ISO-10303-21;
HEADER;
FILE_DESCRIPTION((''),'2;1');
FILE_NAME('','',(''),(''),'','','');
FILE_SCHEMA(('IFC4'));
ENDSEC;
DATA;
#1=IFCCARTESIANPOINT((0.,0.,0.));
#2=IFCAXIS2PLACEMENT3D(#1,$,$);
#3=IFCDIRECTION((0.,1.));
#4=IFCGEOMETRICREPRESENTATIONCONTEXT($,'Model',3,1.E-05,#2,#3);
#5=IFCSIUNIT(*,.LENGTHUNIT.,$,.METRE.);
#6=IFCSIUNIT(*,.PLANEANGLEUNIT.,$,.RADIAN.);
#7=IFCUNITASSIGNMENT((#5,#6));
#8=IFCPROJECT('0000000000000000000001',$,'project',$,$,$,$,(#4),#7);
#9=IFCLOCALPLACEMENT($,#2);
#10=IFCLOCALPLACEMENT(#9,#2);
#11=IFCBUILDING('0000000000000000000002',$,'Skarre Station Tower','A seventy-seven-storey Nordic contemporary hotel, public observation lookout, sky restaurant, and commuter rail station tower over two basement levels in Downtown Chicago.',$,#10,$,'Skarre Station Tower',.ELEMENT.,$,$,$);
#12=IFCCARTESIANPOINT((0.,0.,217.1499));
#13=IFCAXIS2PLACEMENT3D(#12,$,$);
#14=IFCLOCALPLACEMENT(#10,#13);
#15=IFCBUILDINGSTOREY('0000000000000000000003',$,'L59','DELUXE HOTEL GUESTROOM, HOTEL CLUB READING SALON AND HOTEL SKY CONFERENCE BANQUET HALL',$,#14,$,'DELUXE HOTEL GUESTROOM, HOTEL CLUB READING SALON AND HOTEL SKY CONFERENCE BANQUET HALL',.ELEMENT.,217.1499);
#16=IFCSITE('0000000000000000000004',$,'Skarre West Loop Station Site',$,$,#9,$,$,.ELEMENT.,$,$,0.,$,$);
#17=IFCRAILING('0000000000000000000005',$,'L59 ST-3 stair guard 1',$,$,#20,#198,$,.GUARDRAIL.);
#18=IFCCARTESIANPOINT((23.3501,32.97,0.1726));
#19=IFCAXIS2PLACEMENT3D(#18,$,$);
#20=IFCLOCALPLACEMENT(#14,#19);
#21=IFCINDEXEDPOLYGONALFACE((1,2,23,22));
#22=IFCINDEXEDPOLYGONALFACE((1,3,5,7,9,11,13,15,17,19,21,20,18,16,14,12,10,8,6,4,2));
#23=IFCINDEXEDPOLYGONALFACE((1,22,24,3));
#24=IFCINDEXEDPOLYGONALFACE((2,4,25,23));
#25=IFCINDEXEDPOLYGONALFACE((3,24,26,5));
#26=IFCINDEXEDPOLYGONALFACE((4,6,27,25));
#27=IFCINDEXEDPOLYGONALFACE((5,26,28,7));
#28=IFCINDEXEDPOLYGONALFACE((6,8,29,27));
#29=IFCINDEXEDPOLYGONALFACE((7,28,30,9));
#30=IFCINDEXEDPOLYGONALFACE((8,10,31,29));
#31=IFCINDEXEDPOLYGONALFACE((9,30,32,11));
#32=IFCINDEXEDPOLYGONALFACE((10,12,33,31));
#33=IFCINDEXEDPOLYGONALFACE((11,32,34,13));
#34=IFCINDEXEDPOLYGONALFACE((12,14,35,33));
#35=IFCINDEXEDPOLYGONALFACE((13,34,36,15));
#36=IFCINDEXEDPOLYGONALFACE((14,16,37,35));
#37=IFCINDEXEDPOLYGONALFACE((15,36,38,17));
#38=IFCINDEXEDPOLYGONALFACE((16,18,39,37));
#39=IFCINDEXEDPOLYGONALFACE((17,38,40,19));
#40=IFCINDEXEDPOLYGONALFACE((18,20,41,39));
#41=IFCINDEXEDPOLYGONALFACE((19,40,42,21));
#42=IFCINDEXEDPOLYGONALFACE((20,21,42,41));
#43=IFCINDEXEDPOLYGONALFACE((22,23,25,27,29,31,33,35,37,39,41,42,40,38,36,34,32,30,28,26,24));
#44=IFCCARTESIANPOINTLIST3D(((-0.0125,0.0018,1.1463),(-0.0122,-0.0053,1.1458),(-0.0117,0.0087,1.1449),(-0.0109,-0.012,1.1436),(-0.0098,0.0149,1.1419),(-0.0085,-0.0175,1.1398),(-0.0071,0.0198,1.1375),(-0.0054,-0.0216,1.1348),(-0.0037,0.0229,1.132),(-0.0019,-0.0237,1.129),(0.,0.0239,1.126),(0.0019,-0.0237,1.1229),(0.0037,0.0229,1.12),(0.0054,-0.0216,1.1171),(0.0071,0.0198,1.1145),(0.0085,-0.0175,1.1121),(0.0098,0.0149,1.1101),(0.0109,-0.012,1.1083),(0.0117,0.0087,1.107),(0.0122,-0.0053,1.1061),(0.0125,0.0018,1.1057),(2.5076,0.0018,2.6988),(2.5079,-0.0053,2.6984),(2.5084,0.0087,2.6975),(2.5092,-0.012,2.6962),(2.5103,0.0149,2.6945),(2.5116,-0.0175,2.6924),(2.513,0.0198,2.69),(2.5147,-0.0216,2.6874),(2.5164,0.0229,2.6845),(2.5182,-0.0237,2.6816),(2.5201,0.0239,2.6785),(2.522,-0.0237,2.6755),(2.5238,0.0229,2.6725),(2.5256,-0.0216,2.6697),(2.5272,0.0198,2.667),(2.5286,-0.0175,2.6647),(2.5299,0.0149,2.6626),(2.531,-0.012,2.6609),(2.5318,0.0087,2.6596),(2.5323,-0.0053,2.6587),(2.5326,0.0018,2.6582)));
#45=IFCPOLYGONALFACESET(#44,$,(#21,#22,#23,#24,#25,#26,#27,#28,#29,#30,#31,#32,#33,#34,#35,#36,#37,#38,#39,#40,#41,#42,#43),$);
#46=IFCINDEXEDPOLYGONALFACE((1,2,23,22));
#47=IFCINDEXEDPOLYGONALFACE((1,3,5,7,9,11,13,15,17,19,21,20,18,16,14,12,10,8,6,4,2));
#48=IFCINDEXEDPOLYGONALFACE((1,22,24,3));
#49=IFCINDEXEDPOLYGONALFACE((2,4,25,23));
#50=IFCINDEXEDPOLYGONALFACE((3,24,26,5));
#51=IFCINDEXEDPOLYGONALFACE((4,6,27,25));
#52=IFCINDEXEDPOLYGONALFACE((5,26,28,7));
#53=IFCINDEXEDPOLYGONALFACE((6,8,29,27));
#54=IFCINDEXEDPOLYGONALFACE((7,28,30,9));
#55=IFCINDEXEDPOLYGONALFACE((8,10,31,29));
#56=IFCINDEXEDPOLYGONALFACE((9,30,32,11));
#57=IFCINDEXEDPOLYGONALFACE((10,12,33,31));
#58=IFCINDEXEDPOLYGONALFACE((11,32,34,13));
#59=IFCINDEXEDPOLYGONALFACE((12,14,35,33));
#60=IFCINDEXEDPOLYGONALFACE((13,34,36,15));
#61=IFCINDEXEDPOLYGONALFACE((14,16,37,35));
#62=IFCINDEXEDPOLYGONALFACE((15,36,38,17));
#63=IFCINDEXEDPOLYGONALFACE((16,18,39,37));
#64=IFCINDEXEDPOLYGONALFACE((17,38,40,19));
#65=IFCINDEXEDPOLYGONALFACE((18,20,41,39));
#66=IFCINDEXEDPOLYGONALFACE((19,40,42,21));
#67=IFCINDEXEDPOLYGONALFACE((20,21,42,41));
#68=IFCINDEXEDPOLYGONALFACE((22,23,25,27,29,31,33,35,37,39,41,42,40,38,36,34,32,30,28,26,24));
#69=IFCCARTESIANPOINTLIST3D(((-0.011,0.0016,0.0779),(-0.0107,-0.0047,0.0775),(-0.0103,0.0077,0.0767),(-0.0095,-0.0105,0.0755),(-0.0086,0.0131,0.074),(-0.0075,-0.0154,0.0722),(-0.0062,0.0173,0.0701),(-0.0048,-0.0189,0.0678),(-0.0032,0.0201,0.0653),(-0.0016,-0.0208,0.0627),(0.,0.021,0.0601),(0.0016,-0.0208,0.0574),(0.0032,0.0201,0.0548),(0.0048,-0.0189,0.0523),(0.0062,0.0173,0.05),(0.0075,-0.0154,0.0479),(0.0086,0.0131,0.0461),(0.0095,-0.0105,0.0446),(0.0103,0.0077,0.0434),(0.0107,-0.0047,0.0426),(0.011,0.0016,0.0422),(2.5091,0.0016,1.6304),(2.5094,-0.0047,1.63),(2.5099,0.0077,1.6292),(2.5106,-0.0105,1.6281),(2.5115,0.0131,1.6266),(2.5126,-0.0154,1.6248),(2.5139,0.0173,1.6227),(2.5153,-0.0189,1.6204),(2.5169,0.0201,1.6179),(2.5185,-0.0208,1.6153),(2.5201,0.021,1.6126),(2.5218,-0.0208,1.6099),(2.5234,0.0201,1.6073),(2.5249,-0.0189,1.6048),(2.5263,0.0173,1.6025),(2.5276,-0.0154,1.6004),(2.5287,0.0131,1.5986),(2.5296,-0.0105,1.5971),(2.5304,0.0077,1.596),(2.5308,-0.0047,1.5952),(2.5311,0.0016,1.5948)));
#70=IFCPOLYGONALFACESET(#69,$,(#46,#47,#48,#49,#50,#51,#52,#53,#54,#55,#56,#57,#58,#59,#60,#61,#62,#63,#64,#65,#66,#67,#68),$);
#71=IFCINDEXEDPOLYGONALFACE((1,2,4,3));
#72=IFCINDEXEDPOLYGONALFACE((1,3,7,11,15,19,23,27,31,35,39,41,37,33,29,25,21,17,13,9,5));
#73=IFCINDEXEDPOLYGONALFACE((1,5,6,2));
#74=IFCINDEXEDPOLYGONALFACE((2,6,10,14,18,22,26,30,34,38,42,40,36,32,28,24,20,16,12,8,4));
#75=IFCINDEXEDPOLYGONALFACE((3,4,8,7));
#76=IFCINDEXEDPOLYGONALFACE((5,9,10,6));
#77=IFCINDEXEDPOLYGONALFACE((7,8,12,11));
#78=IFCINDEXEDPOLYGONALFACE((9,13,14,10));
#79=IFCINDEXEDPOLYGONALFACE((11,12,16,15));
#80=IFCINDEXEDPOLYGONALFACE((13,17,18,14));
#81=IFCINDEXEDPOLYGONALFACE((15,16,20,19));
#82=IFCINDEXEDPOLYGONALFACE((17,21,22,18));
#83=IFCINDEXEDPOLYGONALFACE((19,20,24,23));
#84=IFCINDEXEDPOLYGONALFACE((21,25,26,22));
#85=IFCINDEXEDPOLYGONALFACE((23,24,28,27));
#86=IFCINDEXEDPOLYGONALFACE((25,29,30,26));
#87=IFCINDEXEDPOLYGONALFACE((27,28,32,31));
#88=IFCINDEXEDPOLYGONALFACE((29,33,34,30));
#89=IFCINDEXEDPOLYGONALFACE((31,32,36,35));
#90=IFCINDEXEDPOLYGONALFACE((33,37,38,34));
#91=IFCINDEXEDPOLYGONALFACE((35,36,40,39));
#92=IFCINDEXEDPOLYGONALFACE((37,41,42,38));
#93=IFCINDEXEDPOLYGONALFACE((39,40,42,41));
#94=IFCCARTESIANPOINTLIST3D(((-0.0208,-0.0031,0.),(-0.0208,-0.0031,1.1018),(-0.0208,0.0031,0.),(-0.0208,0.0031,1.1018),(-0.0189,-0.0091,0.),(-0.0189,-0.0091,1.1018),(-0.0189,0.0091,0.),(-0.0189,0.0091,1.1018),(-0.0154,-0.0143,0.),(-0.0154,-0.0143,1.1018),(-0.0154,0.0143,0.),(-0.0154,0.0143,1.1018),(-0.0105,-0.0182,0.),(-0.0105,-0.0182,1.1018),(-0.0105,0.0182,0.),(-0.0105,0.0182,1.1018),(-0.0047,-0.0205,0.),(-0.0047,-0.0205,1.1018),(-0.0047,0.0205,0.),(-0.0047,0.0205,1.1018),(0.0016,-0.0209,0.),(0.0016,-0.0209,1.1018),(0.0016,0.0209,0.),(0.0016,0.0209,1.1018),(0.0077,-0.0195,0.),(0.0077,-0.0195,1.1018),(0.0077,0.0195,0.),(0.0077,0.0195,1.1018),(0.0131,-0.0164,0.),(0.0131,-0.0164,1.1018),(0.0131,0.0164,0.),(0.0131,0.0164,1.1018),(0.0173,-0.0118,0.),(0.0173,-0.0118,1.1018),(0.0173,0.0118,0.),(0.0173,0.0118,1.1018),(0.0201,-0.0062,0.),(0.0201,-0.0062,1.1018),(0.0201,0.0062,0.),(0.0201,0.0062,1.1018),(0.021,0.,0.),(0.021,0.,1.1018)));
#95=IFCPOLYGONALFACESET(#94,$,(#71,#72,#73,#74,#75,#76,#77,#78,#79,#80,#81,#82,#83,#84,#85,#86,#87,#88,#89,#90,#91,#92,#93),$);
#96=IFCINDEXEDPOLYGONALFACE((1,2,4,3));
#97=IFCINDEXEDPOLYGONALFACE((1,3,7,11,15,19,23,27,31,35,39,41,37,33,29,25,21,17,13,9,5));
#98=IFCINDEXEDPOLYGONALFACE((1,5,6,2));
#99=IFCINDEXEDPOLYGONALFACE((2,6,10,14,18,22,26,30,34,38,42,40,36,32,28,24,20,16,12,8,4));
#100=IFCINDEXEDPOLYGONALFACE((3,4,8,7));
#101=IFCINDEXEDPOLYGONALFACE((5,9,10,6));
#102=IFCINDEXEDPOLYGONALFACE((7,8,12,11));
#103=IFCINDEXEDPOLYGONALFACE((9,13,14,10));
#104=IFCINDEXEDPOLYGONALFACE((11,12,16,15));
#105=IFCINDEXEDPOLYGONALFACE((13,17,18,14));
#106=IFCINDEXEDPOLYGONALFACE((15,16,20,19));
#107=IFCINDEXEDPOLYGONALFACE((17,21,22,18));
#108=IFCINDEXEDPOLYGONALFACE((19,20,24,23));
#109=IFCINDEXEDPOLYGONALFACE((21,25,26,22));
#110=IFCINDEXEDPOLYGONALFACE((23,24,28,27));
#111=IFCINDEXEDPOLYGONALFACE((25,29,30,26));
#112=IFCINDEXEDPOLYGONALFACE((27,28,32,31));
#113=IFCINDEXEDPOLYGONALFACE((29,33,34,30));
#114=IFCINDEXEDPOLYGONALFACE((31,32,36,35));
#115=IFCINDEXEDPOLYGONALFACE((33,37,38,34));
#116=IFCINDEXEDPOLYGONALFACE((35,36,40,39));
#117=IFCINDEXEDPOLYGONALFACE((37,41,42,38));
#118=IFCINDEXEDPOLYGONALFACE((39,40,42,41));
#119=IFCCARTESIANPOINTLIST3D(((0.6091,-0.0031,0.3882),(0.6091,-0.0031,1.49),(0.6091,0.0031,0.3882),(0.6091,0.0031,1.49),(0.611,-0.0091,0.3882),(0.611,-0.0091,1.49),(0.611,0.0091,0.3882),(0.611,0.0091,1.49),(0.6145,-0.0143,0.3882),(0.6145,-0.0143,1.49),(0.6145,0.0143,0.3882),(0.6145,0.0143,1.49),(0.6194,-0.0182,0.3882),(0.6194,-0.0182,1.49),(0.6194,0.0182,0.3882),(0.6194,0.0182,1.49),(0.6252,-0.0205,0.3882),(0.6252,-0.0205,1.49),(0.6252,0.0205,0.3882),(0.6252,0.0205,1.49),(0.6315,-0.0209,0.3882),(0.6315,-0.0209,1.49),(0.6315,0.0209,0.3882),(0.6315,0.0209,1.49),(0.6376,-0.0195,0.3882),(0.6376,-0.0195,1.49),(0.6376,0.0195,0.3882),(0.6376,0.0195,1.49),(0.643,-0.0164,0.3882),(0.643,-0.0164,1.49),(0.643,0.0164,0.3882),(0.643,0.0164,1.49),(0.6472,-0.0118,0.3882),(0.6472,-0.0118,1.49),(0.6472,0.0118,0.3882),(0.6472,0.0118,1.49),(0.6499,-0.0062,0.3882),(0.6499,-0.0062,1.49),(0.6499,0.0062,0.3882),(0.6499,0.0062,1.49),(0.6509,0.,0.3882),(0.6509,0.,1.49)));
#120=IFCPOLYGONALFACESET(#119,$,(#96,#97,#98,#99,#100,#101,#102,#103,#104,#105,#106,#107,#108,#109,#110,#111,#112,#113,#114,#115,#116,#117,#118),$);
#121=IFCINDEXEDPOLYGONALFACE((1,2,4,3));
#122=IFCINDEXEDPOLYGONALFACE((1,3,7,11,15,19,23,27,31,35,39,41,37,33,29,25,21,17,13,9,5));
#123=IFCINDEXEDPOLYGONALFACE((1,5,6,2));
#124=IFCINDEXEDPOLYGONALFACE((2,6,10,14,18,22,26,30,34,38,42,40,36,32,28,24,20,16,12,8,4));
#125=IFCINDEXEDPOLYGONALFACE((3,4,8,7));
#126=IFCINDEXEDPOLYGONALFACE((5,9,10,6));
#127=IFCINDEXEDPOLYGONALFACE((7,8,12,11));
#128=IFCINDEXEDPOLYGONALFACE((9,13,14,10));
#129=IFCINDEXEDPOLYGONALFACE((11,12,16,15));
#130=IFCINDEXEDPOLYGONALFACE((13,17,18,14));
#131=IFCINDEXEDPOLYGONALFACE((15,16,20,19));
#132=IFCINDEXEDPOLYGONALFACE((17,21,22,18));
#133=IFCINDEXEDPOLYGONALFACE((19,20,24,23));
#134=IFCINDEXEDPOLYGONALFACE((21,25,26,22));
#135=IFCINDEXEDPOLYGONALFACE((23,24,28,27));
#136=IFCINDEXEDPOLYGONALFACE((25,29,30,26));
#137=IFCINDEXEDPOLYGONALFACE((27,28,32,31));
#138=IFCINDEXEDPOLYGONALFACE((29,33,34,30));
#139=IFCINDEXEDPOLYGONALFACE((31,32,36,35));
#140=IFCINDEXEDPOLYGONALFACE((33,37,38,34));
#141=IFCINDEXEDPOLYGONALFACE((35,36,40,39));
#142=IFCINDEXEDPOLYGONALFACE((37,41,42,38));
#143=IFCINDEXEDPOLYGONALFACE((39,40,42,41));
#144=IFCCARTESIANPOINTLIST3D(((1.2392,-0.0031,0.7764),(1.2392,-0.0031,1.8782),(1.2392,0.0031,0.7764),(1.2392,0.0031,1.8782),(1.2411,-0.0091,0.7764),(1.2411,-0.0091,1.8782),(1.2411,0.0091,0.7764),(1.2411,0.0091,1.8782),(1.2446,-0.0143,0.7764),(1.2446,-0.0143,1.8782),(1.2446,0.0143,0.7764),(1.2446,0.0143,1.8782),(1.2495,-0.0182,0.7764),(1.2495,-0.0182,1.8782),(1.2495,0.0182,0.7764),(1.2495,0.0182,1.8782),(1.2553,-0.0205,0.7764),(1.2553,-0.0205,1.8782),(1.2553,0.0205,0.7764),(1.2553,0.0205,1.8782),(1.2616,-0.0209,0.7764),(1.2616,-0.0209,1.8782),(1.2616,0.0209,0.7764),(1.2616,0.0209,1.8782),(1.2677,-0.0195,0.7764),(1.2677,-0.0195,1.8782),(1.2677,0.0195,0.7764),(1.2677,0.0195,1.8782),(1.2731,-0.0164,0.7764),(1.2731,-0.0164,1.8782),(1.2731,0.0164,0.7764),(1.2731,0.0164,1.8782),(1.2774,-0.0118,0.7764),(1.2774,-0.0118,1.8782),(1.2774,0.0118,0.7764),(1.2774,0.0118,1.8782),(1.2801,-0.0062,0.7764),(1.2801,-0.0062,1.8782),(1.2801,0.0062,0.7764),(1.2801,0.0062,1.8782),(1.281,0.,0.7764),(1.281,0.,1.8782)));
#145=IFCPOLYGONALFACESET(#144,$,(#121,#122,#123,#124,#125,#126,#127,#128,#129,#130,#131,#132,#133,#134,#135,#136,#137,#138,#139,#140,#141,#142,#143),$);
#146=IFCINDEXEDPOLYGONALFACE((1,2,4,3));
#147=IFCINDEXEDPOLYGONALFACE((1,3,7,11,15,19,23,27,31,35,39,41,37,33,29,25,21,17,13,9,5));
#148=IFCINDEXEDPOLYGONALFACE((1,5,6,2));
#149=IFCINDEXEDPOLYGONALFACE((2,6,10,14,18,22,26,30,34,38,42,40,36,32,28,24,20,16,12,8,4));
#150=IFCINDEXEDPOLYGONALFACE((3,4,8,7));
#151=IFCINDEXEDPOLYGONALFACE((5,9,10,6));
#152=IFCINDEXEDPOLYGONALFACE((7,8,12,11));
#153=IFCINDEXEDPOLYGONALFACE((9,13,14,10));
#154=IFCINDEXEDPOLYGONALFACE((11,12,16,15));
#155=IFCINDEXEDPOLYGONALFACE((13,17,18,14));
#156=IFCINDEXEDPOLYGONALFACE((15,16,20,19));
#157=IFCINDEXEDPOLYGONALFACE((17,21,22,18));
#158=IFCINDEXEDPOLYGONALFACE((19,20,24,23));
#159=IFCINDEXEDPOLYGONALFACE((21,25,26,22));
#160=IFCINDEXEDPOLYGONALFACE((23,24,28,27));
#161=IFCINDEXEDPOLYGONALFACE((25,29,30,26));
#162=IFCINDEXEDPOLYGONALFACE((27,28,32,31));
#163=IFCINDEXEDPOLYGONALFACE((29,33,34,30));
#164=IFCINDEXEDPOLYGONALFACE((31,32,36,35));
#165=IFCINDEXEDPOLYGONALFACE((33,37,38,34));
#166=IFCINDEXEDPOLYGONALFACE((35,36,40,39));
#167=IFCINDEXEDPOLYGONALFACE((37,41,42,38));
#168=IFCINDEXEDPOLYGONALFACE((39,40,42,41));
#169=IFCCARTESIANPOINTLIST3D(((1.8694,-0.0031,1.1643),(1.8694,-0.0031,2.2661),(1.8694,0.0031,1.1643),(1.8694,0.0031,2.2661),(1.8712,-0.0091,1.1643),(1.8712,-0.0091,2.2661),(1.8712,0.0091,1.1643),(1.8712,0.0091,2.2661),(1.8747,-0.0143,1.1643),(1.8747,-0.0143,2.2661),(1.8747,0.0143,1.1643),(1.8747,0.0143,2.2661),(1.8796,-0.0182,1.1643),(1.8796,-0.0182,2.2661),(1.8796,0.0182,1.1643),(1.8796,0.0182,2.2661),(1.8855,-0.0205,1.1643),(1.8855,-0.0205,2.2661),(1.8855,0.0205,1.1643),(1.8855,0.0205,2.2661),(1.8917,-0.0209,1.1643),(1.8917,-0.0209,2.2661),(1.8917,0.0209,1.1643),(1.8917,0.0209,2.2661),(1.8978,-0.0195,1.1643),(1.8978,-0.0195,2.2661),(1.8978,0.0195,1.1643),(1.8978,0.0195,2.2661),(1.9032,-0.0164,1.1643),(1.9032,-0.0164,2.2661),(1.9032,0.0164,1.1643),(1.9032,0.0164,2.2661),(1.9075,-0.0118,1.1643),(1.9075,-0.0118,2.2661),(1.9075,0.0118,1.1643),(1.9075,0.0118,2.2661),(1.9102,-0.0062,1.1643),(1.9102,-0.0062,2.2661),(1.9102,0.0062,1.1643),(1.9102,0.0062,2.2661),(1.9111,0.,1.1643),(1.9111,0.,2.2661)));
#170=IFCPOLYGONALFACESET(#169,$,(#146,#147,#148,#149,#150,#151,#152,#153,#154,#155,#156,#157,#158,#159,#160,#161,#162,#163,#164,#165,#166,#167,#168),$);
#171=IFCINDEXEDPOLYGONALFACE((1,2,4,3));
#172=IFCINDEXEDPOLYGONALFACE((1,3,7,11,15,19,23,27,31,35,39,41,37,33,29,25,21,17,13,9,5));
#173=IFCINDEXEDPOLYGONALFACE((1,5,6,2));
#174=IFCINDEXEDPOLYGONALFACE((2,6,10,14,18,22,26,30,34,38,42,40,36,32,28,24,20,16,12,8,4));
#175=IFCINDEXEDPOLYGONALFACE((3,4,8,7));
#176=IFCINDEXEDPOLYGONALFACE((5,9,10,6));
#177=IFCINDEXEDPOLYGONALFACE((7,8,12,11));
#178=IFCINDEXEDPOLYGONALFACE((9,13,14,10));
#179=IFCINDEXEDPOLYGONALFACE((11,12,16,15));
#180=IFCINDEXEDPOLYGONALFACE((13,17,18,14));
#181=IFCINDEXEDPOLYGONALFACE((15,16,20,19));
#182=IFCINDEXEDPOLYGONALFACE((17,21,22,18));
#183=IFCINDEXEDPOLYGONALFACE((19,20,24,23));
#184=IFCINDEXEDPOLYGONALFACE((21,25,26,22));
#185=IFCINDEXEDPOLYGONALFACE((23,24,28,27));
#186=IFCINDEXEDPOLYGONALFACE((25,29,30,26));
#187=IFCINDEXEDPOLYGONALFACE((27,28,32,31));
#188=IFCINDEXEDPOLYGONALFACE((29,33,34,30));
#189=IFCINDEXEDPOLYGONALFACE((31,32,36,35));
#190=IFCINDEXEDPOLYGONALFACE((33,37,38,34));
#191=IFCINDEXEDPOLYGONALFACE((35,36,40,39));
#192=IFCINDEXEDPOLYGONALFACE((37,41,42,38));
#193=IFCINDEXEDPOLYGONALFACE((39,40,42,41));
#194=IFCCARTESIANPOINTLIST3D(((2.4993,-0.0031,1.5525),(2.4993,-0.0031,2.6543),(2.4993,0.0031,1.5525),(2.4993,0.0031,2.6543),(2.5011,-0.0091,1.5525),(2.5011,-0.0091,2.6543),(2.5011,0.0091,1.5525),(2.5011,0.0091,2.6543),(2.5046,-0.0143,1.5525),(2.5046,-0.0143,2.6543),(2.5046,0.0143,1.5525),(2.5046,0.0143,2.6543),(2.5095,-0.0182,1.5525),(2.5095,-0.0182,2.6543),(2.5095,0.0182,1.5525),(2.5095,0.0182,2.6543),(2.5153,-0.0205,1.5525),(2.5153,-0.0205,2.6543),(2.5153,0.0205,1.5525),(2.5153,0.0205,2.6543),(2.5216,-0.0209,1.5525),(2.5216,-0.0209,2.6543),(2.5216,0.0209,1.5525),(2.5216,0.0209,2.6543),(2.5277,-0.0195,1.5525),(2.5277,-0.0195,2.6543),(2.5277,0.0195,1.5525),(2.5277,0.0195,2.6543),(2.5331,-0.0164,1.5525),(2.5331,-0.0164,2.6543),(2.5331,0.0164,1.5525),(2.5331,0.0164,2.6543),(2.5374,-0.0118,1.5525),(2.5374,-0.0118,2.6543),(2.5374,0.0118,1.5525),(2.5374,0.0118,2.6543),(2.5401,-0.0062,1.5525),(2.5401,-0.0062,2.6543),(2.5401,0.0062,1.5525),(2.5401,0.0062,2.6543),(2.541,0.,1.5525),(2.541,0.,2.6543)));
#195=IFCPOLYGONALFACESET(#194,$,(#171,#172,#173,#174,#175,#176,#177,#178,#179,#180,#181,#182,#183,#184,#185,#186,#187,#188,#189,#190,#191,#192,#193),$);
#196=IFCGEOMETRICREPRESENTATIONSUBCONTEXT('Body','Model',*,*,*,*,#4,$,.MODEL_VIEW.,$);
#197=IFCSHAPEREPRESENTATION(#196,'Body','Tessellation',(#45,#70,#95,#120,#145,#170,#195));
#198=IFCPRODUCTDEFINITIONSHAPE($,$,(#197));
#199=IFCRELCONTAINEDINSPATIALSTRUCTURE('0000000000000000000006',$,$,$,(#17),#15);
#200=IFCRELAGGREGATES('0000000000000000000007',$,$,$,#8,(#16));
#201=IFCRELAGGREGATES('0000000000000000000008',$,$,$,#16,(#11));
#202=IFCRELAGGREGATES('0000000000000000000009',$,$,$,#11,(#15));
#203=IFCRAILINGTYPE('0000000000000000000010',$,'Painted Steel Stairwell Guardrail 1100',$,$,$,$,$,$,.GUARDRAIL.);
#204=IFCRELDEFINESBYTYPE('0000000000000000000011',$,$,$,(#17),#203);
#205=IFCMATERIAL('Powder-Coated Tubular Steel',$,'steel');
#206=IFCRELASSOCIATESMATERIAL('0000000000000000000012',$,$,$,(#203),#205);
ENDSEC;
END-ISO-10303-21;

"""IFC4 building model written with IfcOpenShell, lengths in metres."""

from ifc_helpers import new_model, si_unit, direction, frame, origin, origin_2d, place, context, subcontext, project, spatial, circle, extrude, material, type_object, element, save


model = new_model("IFC4")

# Units and contexts
model_context = context("Model", 3, precision=1e-05, world=origin(), true_north=direction((0.0, 1.0)))
body_context = subcontext(model_context, "Body", "Model", "MODEL_VIEW")
ifc_project = project(units=[si_unit("LENGTHUNIT", "METRE"), si_unit("PLANEANGLEUNIT", "RADIAN")], contexts=[model_context])

# Site, building, storey
site_placement = place(None, origin())
site = spatial("IfcSite", under=ifc_project, at=site_placement, Name="Skarre West Loop Station Site", CompositionType="ELEMENT", RefElevation=0.0)
building_placement = place(site_placement, origin())
building = spatial("IfcBuilding", under=site, at=building_placement, Name="Skarre Station Tower", Description="A seventy-seven-storey Nordic contemporary hotel, public observation lookout, sky restaurant, and commuter rail station tower over two basement levels in Downtown Chicago.", LongName="Skarre Station Tower", CompositionType="ELEMENT")
storey_placement = place(building_placement, frame((0.0, 0.0, 217.1499)))
storey = spatial("IfcBuildingStorey", under=building, at=storey_placement, Name="L59", Description="DELUXE HOTEL GUESTROOM, HOTEL CLUB READING SALON AND HOTEL SKY CONFERENCE BANQUET HALL", LongName="DELUXE HOTEL GUESTROOM, HOTEL CLUB READING SALON AND HOTEL SKY CONFERENCE BANQUET HALL", CompositionType="ELEMENT", Elevation=217.1499)

# Railing
ifc_material_1 = material(Name="Powder-Coated Tubular Steel", Category="steel")
railing_type_1 = type_object("IfcRailingType", Name="Painted Steel Stairwell Guardrail 1100", PredefinedType="GUARDRAIL", material=ifc_material_1)
railing_1_placement = place(storey_placement, frame((23.3501, 32.97, 0.1726)))
element("IfcRailing", 1, at=railing_1_placement, inside=storey, type_object=railing_type_1, Name="L59 ST-3 stair guard 1", PredefinedType="GUARDRAIL", context=body_context, shape_type="SweptSolid", body=[
    extrude(circle(Radius=0.0239, at=origin_2d()), frame((0.0, 0.0, 1.126), z_axis=(0.8514, 0.0, 0.524516), x_axis=(0.0, 1.0, 0.0)), (0.0, 0.0, 1.0), 2.96),
    extrude(circle(Radius=0.021, at=origin_2d()), frame((0.0, 0.0, 0.0601), z_axis=(0.8514, 0.0, 0.524516), x_axis=(0.0, 1.0, 0.0)), (0.0, 0.0, 1.0), 2.96),
    extrude(circle(Radius=0.021, at=origin_2d()), origin(), (0.0, 0.0, 1.0), 1.1018),
    extrude(circle(Radius=0.021, at=origin_2d()), frame((0.6299, 0.0, 0.3882)), (0.0, 0.0, 1.0), 1.1018),
    extrude(circle(Radius=0.021, at=origin_2d()), frame((1.26, 0.0, 0.7764)), (0.0, 0.0, 1.0), 1.1018),
    extrude(circle(Radius=0.021, at=origin_2d()), frame((1.8901, 0.0, 1.1643)), (0.0, 0.0, 1.0), 1.1018),
    extrude(circle(Radius=0.021, at=origin_2d()), frame((2.52, 0.0, 1.5525)), (0.0, 0.0, 1.0), 1.1018),
])

save(model, "model.ifc")
